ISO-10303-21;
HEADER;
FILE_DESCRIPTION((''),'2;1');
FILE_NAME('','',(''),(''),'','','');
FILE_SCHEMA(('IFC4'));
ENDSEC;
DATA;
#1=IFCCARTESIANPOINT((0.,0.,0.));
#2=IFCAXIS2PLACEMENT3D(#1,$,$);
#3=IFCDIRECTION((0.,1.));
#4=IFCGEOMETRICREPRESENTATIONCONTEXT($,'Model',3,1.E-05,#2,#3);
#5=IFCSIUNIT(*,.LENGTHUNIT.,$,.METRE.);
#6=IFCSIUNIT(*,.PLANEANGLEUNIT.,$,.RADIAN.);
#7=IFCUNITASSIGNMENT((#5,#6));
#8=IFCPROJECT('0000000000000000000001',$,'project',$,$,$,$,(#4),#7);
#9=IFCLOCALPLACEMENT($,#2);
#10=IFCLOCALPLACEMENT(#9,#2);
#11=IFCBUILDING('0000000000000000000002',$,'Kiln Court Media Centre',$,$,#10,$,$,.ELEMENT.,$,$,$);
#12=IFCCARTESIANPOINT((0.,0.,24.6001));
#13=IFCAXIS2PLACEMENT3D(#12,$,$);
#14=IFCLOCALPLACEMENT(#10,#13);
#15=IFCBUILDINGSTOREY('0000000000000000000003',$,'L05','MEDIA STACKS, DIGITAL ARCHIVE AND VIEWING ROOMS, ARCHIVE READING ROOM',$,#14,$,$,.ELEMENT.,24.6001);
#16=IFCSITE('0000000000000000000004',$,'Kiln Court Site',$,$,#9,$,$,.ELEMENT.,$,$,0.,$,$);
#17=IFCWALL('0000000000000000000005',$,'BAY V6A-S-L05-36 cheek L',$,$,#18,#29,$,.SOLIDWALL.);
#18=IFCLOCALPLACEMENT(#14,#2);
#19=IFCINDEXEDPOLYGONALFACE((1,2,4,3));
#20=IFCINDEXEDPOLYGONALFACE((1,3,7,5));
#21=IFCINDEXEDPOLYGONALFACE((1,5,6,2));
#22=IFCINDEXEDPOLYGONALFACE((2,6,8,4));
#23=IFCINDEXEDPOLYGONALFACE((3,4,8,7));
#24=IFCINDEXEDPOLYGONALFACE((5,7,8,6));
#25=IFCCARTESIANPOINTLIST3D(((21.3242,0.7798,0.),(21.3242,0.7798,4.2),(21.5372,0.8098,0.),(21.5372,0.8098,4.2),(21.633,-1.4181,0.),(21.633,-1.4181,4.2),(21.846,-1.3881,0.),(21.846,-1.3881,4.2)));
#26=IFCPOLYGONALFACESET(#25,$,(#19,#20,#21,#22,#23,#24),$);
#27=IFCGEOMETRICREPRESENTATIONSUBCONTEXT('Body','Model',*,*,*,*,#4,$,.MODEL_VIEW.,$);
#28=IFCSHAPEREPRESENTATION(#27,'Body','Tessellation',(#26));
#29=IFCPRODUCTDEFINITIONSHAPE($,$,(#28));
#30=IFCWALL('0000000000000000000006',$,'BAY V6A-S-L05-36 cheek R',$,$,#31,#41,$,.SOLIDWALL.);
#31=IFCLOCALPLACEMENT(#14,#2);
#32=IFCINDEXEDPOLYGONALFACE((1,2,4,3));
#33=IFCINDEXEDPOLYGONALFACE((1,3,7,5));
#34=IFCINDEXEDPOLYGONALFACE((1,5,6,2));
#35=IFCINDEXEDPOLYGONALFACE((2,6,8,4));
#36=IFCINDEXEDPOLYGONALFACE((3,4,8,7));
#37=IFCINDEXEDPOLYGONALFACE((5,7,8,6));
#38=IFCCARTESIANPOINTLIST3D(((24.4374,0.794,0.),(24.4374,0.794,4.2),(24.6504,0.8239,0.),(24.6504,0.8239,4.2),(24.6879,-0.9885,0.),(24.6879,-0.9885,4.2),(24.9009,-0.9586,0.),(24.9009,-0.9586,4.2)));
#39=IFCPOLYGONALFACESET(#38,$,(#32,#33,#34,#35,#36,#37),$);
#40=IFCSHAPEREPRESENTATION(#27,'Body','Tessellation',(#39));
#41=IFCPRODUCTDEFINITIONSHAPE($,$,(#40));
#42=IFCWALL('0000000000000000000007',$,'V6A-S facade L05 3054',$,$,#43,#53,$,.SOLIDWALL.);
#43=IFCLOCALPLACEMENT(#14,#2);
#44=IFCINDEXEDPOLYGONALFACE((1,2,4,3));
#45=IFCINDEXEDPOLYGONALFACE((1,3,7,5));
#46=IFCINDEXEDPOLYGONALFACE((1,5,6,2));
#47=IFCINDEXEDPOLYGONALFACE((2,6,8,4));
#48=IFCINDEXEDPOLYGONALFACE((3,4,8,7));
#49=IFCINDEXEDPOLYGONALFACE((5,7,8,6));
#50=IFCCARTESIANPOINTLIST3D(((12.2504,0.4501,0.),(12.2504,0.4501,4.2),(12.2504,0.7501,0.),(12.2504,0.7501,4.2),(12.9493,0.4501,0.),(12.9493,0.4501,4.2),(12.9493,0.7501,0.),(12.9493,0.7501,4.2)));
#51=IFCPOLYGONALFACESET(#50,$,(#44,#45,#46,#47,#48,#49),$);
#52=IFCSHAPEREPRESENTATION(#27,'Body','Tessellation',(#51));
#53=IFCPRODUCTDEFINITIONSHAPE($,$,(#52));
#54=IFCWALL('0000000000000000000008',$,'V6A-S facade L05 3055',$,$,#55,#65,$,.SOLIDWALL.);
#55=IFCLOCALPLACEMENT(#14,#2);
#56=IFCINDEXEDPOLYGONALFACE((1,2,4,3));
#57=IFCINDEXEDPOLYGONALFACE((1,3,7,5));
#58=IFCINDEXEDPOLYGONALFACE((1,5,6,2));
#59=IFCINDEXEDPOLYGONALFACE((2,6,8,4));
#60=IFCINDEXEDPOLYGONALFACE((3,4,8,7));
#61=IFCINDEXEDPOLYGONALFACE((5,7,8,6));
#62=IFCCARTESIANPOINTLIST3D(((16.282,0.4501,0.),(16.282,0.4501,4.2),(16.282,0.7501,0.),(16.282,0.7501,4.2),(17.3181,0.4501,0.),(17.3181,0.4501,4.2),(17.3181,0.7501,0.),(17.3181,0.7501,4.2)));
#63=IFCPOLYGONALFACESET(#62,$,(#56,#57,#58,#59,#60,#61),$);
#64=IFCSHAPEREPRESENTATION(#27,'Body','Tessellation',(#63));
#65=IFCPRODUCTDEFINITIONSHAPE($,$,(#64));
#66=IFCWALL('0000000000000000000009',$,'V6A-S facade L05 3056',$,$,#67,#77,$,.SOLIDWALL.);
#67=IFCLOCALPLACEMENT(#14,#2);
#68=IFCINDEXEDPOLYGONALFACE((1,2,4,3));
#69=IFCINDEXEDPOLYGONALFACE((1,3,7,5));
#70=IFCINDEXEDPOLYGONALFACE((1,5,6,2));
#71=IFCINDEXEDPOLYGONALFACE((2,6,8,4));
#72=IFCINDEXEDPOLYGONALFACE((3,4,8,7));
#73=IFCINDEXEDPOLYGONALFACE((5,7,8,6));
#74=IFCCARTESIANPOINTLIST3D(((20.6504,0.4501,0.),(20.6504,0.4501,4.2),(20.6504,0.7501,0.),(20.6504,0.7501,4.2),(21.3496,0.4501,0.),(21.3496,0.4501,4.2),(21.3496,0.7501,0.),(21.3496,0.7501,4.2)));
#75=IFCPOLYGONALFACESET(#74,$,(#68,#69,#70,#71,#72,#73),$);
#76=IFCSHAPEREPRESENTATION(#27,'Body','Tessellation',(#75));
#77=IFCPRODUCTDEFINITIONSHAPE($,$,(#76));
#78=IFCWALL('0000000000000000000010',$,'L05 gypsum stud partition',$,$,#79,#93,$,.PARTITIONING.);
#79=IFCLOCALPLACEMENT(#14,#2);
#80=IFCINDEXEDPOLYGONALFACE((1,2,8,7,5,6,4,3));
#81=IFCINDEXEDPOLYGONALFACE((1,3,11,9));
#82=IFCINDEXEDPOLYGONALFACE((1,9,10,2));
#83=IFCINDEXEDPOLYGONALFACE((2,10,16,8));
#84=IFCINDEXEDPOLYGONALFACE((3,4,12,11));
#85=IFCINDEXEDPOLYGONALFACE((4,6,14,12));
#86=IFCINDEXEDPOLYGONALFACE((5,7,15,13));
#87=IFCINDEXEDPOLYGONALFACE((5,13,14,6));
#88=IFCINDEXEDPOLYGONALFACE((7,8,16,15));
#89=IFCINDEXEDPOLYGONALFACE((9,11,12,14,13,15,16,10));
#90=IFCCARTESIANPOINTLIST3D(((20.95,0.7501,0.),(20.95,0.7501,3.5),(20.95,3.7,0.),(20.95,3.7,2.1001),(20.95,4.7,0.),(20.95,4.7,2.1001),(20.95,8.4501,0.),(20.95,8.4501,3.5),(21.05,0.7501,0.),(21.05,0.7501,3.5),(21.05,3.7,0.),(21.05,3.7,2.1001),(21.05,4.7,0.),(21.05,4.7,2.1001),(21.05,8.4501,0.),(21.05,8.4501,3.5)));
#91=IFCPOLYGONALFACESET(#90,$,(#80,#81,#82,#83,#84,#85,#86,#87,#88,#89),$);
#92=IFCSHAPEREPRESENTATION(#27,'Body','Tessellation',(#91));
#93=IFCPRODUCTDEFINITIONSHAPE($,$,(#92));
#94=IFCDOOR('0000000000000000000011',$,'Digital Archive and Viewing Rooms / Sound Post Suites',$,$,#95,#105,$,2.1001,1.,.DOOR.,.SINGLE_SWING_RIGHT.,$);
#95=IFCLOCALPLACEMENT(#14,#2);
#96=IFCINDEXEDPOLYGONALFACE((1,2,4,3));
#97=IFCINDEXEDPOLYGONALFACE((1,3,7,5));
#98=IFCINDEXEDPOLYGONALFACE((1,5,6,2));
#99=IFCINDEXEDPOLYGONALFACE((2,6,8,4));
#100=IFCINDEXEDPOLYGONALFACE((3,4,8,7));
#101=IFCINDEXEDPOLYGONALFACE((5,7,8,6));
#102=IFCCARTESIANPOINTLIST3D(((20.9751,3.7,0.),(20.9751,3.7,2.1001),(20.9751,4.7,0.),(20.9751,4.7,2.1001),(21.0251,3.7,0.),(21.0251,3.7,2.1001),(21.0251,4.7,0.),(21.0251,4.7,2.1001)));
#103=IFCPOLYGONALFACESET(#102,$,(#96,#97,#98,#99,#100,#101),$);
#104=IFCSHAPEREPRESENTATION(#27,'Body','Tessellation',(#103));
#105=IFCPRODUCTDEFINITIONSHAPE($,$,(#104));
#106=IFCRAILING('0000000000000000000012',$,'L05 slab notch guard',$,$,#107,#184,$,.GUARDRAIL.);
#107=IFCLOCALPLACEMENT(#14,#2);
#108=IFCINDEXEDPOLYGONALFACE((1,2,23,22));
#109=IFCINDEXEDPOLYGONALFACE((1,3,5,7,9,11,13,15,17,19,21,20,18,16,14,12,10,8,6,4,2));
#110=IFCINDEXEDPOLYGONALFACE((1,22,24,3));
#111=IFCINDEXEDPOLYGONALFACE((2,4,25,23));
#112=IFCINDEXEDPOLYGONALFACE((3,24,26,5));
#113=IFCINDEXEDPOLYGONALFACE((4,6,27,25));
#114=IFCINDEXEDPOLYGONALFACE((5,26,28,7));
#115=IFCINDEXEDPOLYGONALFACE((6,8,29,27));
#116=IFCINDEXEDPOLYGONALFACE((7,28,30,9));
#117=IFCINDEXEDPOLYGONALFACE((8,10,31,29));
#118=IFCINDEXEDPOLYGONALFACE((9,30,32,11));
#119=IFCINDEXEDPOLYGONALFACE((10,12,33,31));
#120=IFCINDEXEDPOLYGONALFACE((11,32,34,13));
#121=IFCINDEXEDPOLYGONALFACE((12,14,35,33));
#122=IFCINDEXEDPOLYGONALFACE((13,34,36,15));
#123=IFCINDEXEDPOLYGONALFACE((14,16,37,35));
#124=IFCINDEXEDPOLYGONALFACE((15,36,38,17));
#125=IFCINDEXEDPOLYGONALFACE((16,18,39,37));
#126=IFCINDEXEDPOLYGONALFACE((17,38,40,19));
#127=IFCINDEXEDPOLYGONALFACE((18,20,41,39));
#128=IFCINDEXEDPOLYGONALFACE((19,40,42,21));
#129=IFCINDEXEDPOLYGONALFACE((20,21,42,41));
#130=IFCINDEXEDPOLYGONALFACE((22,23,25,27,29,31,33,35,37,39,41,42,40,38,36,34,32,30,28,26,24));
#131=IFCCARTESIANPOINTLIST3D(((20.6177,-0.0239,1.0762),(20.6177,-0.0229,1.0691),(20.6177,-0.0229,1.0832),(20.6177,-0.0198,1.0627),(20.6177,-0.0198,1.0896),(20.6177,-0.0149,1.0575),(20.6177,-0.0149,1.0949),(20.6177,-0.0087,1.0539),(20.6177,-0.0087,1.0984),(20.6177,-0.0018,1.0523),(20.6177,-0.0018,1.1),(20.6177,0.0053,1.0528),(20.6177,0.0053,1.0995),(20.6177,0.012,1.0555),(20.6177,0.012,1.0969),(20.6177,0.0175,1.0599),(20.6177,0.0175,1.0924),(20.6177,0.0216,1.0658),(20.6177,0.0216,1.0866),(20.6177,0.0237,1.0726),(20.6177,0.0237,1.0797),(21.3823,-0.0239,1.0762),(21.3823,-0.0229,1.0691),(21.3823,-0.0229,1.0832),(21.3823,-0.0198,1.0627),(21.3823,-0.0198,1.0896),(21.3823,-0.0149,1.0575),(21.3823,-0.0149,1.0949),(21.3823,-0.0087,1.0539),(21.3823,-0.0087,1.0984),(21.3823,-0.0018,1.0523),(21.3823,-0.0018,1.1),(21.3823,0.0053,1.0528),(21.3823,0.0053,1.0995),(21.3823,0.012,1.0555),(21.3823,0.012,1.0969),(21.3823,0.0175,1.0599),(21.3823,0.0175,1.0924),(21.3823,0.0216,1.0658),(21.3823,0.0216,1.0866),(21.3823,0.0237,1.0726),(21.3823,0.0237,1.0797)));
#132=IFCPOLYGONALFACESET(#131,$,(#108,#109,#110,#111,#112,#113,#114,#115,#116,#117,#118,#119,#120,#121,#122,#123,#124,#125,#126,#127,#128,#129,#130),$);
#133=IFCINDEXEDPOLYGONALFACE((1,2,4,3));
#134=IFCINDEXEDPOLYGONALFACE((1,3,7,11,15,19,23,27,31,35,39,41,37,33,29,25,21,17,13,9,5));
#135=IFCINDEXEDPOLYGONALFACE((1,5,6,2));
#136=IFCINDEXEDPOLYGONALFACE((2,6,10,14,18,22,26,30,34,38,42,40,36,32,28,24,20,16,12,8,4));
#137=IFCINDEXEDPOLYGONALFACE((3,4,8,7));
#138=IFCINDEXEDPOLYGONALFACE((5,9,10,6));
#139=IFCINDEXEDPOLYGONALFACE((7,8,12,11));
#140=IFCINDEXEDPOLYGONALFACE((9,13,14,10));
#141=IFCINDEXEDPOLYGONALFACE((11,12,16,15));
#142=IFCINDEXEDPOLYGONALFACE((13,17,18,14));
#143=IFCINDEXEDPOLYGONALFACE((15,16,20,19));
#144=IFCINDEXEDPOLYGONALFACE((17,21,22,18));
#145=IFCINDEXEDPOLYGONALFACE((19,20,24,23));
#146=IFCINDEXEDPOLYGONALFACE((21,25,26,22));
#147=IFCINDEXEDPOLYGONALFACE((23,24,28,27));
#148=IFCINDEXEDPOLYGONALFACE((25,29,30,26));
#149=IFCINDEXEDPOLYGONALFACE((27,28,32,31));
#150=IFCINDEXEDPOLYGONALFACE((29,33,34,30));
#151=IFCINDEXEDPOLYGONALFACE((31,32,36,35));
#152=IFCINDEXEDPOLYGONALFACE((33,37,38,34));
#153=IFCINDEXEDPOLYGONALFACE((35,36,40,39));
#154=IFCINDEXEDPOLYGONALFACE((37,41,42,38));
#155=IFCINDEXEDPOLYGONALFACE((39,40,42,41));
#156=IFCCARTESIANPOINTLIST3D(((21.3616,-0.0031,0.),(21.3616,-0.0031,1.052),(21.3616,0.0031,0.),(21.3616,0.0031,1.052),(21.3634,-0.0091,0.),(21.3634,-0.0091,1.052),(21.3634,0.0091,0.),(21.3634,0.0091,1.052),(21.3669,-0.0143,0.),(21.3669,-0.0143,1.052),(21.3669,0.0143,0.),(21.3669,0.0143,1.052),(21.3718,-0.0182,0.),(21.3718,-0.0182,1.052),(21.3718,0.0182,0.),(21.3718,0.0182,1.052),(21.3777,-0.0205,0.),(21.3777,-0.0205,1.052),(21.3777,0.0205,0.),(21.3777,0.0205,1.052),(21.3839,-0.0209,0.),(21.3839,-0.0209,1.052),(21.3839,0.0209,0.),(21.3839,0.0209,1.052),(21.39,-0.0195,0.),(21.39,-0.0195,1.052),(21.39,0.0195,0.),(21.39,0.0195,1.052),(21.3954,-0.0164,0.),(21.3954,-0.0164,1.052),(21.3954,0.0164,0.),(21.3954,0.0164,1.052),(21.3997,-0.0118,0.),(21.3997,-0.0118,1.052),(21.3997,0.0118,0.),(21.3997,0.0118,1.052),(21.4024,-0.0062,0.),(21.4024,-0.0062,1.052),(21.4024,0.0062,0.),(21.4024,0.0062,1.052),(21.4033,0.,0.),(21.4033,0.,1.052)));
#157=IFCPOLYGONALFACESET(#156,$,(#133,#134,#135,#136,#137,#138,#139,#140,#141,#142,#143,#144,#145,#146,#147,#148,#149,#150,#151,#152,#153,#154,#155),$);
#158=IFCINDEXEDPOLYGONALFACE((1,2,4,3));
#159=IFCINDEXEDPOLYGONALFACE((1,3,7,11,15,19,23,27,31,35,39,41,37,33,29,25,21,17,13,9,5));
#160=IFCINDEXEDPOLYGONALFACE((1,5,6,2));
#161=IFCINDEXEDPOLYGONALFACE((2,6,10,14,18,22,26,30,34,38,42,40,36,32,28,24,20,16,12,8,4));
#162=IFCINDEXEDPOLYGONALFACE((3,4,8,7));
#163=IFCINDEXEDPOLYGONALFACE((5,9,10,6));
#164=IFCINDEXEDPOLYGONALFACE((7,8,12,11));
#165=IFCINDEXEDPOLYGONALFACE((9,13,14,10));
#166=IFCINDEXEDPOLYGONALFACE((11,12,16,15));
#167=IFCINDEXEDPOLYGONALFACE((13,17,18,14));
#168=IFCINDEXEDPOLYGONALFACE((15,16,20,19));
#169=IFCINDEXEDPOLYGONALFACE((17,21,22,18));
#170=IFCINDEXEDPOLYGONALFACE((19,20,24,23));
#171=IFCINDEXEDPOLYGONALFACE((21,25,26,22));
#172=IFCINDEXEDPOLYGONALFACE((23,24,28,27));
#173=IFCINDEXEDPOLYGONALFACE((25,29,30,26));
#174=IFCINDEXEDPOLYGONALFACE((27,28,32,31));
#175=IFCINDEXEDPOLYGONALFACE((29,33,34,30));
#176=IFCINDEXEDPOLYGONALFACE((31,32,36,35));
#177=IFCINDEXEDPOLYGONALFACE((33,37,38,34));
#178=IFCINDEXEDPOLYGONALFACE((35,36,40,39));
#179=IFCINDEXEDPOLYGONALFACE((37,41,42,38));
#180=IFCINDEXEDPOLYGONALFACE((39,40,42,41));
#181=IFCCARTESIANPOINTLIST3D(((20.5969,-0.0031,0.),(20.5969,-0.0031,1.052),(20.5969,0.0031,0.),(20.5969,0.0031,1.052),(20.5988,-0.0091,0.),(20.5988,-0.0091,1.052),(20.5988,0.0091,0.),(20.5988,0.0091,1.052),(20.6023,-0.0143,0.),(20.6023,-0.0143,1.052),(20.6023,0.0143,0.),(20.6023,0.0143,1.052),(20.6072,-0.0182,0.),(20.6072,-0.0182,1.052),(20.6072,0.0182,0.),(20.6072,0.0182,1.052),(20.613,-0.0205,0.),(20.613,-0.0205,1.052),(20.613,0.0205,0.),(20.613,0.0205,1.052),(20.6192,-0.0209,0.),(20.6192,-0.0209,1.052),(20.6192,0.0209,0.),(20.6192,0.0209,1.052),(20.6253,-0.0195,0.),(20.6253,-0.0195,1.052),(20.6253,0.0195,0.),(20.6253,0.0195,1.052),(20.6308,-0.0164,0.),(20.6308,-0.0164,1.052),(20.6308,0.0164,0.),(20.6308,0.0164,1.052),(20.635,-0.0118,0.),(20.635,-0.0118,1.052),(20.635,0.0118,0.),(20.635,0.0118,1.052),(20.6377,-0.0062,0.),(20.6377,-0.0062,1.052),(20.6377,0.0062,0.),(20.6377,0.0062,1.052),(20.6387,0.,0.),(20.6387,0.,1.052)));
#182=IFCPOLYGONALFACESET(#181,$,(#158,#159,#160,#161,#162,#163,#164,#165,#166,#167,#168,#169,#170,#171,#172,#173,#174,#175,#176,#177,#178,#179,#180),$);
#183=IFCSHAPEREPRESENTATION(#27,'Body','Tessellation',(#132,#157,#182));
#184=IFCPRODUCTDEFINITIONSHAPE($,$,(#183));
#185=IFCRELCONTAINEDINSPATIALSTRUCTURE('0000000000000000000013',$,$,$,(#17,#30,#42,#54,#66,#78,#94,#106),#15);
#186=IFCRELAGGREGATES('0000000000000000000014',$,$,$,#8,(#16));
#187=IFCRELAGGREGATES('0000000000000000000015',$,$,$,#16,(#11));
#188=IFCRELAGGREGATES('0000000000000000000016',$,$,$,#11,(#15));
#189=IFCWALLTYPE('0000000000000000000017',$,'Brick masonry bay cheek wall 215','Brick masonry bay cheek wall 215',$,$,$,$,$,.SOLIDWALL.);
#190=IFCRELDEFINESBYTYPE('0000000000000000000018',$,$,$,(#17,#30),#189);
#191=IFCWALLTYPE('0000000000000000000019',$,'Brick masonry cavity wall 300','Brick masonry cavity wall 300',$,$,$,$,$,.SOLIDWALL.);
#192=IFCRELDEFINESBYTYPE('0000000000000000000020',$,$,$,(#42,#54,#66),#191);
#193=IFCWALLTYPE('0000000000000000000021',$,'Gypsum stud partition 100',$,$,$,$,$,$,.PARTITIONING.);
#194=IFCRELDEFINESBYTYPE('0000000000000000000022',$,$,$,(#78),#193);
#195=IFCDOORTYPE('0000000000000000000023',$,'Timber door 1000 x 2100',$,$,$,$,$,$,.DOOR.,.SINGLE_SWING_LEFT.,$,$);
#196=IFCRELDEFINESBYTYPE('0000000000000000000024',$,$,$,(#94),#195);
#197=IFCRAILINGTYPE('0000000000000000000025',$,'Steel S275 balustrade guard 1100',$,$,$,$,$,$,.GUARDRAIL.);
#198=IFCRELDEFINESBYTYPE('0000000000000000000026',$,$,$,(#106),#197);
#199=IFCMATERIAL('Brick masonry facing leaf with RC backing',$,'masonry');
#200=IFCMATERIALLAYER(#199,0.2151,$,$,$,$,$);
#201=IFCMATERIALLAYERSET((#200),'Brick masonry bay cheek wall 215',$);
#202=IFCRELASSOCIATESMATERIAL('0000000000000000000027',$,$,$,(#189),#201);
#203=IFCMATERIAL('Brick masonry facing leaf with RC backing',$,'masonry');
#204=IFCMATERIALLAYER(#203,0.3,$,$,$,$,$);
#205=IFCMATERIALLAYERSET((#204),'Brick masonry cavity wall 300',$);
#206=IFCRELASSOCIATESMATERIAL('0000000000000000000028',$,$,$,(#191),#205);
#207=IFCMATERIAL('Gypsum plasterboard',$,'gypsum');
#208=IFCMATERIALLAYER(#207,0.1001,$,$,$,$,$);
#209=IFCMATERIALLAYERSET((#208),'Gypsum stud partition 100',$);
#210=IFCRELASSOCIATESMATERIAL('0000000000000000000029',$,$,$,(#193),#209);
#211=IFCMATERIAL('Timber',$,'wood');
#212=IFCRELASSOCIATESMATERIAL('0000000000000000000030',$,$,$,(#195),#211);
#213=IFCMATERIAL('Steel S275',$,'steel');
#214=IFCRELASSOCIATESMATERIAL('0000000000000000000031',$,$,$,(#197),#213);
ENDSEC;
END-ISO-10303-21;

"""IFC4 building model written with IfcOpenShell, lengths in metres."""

from ifc_helpers import new_model, si_unit, direction, frame, frame_2d, origin, origin_2d, place, context, subcontext, project, spatial, rectangle, circle, extrude, material, layer, layer_set, type_object, element, fill, save


model = new_model("IFC4")

# Units and contexts
model_context = context("Model", 3, precision=1e-05, world=origin(), true_north=direction((0.0, 1.0)))
body_context = subcontext(model_context, "Body", "Model", "MODEL_VIEW")
ifc_project = project(units=[si_unit("LENGTHUNIT", "METRE"), si_unit("PLANEANGLEUNIT", "RADIAN")], contexts=[model_context])

# Site, building, storey
site_placement = place(None, origin())
site = spatial("IfcSite", under=ifc_project, at=site_placement, Name="Kiln Court Site", CompositionType="ELEMENT", RefElevation=0.0)
building_placement = place(site_placement, origin())
building = spatial("IfcBuilding", under=site, at=building_placement, Name="Kiln Court Media Centre", CompositionType="ELEMENT")
storey_placement = place(building_placement, frame((0.0, 0.0, 24.6001)))
storey = spatial("IfcBuildingStorey", under=building, at=storey_placement, Name="L05", Description="MEDIA STACKS, DIGITAL ARCHIVE AND VIEWING ROOMS, ARCHIVE READING ROOM", CompositionType="ELEMENT", Elevation=24.6001)

# Walls
ifc_material_1 = material(Name="Brick masonry facing leaf with RC backing", Category="masonry")
ifc_layer_1 = layer(ifc_material_1, 0.2151)
ifc_layer_set_1 = layer_set([ifc_layer_1], Name="Brick masonry bay cheek wall 215")
wall_type_1 = type_object("IfcWallType", Name="Brick masonry bay cheek wall 215", Description="Brick masonry bay cheek wall 215", PredefinedType="SOLIDWALL", material=ifc_layer_set_1)
for number, where, z_axis, x_axis, name in (
    (1, (21.4307, 0.7949, 0.0), (0.0, 0.0, 1.0), (0.139142, -0.990272, 0.0), "BAY V6A-S-L05-36 cheek L"),
):
    element("IfcWall", number, at=place(storey_placement, frame(where, z_axis=z_axis, x_axis=x_axis)), inside=storey, type_object=wall_type_1, Name=name, PredefinedType="SOLIDWALL", context=body_context, shape_type="SweptSolid", body=[
        extrude(rectangle(XDim=2.2195, YDim=0.2151, at=frame_2d((1.1099, 0.0))), origin(), (0.0, 0.0, 1.0), 4.2),
    ])
wall_1_placement = place(storey_placement, frame((24.5439, 0.8088, 0.0), z_axis=(0.0, 0.0, 1.0), x_axis=(0.139161, -0.99027, 0.0)))
element("IfcWall", 2, at=wall_1_placement, inside=storey, type_object=wall_type_1, Name="BAY V6A-S-L05-36 cheek R", PredefinedType="SOLIDWALL", context=body_context, shape_type="SweptSolid", body=[
    extrude(rectangle(XDim=1.8, YDim=0.2151, at=frame_2d((0.8999, 0.0))), origin(), (0.0, 0.0, 1.0), 4.2),
])
ifc_material_2 = material(Name="Brick masonry facing leaf with RC backing", Category="masonry")
ifc_layer_2 = layer(ifc_material_2, 0.3)
ifc_layer_set_2 = layer_set([ifc_layer_2], Name="Brick masonry cavity wall 300")
wall_type_2 = type_object("IfcWallType", Name="Brick masonry cavity wall 300", Description="Brick masonry cavity wall 300", PredefinedType="SOLIDWALL", material=ifc_layer_set_2)
wall_2_placement = place(storey_placement, frame((12.9495, 0.6001, 0.0), z_axis=(0.0, 0.0, 1.0), x_axis=(-1.0, 0.0, 0.0)))
element("IfcWall", 3, at=wall_2_placement, inside=storey, type_object=wall_type_2, Name="V6A-S facade L05 3054", PredefinedType="SOLIDWALL", context=body_context, shape_type="SweptSolid", body=[
    extrude(rectangle(XDim=0.699, YDim=0.3, at=frame_2d((0.3496, 0.0))), origin(), (0.0, 0.0, 1.0), 4.2),
])
wall_3_placement = place(storey_placement, frame((17.3181, 0.6001, 0.0), z_axis=(0.0, 0.0, 1.0), x_axis=(-1.0, 0.0, 0.0)))
element("IfcWall", 4, at=wall_3_placement, inside=storey, type_object=wall_type_2, Name="V6A-S facade L05 3055", PredefinedType="SOLIDWALL", context=body_context, shape_type="SweptSolid", body=[
    extrude(rectangle(XDim=1.0361, YDim=0.3, at=frame_2d((0.5181, 0.0))), origin(), (0.0, 0.0, 1.0), 4.2),
])
wall_4_placement = place(storey_placement, frame((21.3496, 0.6001, 0.0), z_axis=(0.0, 0.0, 1.0), x_axis=(-1.0, 0.0, 0.0)))
element("IfcWall", 5, at=wall_4_placement, inside=storey, type_object=wall_type_2, Name="V6A-S facade L05 3056", PredefinedType="SOLIDWALL", context=body_context, shape_type="SweptSolid", body=[
    extrude(rectangle(XDim=0.6992, YDim=0.3, at=frame_2d((0.3496, 0.0))), origin(), (0.0, 0.0, 1.0), 4.2),
])

# Wall, opening, door
ifc_material_3 = material(Name="Gypsum plasterboard", Category="gypsum")
ifc_layer_3 = layer(ifc_material_3, 0.1001)
ifc_layer_set_3 = layer_set([ifc_layer_3], Name="Gypsum stud partition 100")
wall_type_3 = type_object("IfcWallType", Name="Gypsum stud partition 100", PredefinedType="PARTITIONING", material=ifc_layer_set_3)
wall_5_placement = place(storey_placement, frame((21.0, 0.75, 0.0), z_axis=(0.0, 0.0, 1.0), x_axis=(0.0, 1.0, 0.0)))
wall_5 = element("IfcWall", 6, at=wall_5_placement, inside=storey, type_object=wall_type_3, Name="L05 gypsum stud partition", PredefinedType="PARTITIONING", context=body_context, shape_type="SweptSolid", body=[
    extrude(rectangle(XDim=7.7, YDim=0.1001, at=frame_2d((3.8501, 0.0))), origin(), (0.0, 0.0, 1.0), 3.5),
])
opening_placement = place(wall_5_placement, frame((2.95, 0.0, 0.0)))
opening = element("IfcOpeningElement", 7, at=opening_placement, cuts=wall_5, PredefinedType="OPENING", context=body_context, shape_type="SweptSolid", body=[
    extrude(rectangle(XDim=1.0, YDim=2.1001, at=frame_2d((0.5, 1.05))), frame((0.0, 0.0601, 0.0), z_axis=(0.0, -1.0, 0.0), x_axis=(1.0, 0.0, 0.0)), (0.0, 0.0, 1.0), 0.1201),
])
ifc_material_4 = material(Name="Timber", Category="wood")
door_type = type_object("IfcDoorType", Name="Timber door 1000 x 2100", OperationType="SINGLE_SWING_LEFT", PredefinedType="DOOR", material=ifc_material_4)
door_placement = place(opening_placement, origin())
door = element("IfcDoor", 8, at=door_placement, inside=storey, type_object=door_type, Name="Digital Archive and Viewing Rooms / Sound Post Suites", OperationType="SINGLE_SWING_RIGHT", OverallHeight=2.1001, OverallWidth=1.0, PredefinedType="DOOR", context=body_context, shape_type="SweptSolid", body=[
    extrude(rectangle(XDim=1.0, YDim=2.1001, at=frame_2d((0.5, 1.05))), frame((0.0, 0.0249, 0.0), z_axis=(0.0, -1.0, 0.0), x_axis=(1.0, 0.0, 0.0)), (0.0, 0.0, 1.0), 0.05),
])
fill(opening, door)

# Railing
ifc_material_5 = material(Name="Steel S275", Category="steel")
railing_type = type_object("IfcRailingType", Name="Steel S275 balustrade guard 1100", PredefinedType="GUARDRAIL", material=ifc_material_5)
for number, where, name in (
    (9, (21.3823, 0.0, 0.0), "L05 slab notch guard"),
):
    element("IfcRailing", number, at=place(storey_placement, frame(where)), inside=storey, type_object=railing_type, Name=name, PredefinedType="GUARDRAIL", context=body_context, shape_type="SweptSolid", body=[
        extrude(circle(Radius=0.0239, at=origin_2d()), frame((0.0, 0.0, 1.0762), z_axis=(-1.0, 0.0, 0.0), x_axis=(0.0, -1.0, 0.0)), (0.0, 0.0, 1.0), 0.7646),
        extrude(circle(Radius=0.021, at=origin_2d()), origin(), (0.0, 0.0, 1.0), 1.052),
        extrude(circle(Radius=0.021, at=origin_2d()), frame((-0.7646, 0.0, 0.0)), (0.0, 0.0, 1.0), 1.052),
    ])

save(model, "model.ifc")
